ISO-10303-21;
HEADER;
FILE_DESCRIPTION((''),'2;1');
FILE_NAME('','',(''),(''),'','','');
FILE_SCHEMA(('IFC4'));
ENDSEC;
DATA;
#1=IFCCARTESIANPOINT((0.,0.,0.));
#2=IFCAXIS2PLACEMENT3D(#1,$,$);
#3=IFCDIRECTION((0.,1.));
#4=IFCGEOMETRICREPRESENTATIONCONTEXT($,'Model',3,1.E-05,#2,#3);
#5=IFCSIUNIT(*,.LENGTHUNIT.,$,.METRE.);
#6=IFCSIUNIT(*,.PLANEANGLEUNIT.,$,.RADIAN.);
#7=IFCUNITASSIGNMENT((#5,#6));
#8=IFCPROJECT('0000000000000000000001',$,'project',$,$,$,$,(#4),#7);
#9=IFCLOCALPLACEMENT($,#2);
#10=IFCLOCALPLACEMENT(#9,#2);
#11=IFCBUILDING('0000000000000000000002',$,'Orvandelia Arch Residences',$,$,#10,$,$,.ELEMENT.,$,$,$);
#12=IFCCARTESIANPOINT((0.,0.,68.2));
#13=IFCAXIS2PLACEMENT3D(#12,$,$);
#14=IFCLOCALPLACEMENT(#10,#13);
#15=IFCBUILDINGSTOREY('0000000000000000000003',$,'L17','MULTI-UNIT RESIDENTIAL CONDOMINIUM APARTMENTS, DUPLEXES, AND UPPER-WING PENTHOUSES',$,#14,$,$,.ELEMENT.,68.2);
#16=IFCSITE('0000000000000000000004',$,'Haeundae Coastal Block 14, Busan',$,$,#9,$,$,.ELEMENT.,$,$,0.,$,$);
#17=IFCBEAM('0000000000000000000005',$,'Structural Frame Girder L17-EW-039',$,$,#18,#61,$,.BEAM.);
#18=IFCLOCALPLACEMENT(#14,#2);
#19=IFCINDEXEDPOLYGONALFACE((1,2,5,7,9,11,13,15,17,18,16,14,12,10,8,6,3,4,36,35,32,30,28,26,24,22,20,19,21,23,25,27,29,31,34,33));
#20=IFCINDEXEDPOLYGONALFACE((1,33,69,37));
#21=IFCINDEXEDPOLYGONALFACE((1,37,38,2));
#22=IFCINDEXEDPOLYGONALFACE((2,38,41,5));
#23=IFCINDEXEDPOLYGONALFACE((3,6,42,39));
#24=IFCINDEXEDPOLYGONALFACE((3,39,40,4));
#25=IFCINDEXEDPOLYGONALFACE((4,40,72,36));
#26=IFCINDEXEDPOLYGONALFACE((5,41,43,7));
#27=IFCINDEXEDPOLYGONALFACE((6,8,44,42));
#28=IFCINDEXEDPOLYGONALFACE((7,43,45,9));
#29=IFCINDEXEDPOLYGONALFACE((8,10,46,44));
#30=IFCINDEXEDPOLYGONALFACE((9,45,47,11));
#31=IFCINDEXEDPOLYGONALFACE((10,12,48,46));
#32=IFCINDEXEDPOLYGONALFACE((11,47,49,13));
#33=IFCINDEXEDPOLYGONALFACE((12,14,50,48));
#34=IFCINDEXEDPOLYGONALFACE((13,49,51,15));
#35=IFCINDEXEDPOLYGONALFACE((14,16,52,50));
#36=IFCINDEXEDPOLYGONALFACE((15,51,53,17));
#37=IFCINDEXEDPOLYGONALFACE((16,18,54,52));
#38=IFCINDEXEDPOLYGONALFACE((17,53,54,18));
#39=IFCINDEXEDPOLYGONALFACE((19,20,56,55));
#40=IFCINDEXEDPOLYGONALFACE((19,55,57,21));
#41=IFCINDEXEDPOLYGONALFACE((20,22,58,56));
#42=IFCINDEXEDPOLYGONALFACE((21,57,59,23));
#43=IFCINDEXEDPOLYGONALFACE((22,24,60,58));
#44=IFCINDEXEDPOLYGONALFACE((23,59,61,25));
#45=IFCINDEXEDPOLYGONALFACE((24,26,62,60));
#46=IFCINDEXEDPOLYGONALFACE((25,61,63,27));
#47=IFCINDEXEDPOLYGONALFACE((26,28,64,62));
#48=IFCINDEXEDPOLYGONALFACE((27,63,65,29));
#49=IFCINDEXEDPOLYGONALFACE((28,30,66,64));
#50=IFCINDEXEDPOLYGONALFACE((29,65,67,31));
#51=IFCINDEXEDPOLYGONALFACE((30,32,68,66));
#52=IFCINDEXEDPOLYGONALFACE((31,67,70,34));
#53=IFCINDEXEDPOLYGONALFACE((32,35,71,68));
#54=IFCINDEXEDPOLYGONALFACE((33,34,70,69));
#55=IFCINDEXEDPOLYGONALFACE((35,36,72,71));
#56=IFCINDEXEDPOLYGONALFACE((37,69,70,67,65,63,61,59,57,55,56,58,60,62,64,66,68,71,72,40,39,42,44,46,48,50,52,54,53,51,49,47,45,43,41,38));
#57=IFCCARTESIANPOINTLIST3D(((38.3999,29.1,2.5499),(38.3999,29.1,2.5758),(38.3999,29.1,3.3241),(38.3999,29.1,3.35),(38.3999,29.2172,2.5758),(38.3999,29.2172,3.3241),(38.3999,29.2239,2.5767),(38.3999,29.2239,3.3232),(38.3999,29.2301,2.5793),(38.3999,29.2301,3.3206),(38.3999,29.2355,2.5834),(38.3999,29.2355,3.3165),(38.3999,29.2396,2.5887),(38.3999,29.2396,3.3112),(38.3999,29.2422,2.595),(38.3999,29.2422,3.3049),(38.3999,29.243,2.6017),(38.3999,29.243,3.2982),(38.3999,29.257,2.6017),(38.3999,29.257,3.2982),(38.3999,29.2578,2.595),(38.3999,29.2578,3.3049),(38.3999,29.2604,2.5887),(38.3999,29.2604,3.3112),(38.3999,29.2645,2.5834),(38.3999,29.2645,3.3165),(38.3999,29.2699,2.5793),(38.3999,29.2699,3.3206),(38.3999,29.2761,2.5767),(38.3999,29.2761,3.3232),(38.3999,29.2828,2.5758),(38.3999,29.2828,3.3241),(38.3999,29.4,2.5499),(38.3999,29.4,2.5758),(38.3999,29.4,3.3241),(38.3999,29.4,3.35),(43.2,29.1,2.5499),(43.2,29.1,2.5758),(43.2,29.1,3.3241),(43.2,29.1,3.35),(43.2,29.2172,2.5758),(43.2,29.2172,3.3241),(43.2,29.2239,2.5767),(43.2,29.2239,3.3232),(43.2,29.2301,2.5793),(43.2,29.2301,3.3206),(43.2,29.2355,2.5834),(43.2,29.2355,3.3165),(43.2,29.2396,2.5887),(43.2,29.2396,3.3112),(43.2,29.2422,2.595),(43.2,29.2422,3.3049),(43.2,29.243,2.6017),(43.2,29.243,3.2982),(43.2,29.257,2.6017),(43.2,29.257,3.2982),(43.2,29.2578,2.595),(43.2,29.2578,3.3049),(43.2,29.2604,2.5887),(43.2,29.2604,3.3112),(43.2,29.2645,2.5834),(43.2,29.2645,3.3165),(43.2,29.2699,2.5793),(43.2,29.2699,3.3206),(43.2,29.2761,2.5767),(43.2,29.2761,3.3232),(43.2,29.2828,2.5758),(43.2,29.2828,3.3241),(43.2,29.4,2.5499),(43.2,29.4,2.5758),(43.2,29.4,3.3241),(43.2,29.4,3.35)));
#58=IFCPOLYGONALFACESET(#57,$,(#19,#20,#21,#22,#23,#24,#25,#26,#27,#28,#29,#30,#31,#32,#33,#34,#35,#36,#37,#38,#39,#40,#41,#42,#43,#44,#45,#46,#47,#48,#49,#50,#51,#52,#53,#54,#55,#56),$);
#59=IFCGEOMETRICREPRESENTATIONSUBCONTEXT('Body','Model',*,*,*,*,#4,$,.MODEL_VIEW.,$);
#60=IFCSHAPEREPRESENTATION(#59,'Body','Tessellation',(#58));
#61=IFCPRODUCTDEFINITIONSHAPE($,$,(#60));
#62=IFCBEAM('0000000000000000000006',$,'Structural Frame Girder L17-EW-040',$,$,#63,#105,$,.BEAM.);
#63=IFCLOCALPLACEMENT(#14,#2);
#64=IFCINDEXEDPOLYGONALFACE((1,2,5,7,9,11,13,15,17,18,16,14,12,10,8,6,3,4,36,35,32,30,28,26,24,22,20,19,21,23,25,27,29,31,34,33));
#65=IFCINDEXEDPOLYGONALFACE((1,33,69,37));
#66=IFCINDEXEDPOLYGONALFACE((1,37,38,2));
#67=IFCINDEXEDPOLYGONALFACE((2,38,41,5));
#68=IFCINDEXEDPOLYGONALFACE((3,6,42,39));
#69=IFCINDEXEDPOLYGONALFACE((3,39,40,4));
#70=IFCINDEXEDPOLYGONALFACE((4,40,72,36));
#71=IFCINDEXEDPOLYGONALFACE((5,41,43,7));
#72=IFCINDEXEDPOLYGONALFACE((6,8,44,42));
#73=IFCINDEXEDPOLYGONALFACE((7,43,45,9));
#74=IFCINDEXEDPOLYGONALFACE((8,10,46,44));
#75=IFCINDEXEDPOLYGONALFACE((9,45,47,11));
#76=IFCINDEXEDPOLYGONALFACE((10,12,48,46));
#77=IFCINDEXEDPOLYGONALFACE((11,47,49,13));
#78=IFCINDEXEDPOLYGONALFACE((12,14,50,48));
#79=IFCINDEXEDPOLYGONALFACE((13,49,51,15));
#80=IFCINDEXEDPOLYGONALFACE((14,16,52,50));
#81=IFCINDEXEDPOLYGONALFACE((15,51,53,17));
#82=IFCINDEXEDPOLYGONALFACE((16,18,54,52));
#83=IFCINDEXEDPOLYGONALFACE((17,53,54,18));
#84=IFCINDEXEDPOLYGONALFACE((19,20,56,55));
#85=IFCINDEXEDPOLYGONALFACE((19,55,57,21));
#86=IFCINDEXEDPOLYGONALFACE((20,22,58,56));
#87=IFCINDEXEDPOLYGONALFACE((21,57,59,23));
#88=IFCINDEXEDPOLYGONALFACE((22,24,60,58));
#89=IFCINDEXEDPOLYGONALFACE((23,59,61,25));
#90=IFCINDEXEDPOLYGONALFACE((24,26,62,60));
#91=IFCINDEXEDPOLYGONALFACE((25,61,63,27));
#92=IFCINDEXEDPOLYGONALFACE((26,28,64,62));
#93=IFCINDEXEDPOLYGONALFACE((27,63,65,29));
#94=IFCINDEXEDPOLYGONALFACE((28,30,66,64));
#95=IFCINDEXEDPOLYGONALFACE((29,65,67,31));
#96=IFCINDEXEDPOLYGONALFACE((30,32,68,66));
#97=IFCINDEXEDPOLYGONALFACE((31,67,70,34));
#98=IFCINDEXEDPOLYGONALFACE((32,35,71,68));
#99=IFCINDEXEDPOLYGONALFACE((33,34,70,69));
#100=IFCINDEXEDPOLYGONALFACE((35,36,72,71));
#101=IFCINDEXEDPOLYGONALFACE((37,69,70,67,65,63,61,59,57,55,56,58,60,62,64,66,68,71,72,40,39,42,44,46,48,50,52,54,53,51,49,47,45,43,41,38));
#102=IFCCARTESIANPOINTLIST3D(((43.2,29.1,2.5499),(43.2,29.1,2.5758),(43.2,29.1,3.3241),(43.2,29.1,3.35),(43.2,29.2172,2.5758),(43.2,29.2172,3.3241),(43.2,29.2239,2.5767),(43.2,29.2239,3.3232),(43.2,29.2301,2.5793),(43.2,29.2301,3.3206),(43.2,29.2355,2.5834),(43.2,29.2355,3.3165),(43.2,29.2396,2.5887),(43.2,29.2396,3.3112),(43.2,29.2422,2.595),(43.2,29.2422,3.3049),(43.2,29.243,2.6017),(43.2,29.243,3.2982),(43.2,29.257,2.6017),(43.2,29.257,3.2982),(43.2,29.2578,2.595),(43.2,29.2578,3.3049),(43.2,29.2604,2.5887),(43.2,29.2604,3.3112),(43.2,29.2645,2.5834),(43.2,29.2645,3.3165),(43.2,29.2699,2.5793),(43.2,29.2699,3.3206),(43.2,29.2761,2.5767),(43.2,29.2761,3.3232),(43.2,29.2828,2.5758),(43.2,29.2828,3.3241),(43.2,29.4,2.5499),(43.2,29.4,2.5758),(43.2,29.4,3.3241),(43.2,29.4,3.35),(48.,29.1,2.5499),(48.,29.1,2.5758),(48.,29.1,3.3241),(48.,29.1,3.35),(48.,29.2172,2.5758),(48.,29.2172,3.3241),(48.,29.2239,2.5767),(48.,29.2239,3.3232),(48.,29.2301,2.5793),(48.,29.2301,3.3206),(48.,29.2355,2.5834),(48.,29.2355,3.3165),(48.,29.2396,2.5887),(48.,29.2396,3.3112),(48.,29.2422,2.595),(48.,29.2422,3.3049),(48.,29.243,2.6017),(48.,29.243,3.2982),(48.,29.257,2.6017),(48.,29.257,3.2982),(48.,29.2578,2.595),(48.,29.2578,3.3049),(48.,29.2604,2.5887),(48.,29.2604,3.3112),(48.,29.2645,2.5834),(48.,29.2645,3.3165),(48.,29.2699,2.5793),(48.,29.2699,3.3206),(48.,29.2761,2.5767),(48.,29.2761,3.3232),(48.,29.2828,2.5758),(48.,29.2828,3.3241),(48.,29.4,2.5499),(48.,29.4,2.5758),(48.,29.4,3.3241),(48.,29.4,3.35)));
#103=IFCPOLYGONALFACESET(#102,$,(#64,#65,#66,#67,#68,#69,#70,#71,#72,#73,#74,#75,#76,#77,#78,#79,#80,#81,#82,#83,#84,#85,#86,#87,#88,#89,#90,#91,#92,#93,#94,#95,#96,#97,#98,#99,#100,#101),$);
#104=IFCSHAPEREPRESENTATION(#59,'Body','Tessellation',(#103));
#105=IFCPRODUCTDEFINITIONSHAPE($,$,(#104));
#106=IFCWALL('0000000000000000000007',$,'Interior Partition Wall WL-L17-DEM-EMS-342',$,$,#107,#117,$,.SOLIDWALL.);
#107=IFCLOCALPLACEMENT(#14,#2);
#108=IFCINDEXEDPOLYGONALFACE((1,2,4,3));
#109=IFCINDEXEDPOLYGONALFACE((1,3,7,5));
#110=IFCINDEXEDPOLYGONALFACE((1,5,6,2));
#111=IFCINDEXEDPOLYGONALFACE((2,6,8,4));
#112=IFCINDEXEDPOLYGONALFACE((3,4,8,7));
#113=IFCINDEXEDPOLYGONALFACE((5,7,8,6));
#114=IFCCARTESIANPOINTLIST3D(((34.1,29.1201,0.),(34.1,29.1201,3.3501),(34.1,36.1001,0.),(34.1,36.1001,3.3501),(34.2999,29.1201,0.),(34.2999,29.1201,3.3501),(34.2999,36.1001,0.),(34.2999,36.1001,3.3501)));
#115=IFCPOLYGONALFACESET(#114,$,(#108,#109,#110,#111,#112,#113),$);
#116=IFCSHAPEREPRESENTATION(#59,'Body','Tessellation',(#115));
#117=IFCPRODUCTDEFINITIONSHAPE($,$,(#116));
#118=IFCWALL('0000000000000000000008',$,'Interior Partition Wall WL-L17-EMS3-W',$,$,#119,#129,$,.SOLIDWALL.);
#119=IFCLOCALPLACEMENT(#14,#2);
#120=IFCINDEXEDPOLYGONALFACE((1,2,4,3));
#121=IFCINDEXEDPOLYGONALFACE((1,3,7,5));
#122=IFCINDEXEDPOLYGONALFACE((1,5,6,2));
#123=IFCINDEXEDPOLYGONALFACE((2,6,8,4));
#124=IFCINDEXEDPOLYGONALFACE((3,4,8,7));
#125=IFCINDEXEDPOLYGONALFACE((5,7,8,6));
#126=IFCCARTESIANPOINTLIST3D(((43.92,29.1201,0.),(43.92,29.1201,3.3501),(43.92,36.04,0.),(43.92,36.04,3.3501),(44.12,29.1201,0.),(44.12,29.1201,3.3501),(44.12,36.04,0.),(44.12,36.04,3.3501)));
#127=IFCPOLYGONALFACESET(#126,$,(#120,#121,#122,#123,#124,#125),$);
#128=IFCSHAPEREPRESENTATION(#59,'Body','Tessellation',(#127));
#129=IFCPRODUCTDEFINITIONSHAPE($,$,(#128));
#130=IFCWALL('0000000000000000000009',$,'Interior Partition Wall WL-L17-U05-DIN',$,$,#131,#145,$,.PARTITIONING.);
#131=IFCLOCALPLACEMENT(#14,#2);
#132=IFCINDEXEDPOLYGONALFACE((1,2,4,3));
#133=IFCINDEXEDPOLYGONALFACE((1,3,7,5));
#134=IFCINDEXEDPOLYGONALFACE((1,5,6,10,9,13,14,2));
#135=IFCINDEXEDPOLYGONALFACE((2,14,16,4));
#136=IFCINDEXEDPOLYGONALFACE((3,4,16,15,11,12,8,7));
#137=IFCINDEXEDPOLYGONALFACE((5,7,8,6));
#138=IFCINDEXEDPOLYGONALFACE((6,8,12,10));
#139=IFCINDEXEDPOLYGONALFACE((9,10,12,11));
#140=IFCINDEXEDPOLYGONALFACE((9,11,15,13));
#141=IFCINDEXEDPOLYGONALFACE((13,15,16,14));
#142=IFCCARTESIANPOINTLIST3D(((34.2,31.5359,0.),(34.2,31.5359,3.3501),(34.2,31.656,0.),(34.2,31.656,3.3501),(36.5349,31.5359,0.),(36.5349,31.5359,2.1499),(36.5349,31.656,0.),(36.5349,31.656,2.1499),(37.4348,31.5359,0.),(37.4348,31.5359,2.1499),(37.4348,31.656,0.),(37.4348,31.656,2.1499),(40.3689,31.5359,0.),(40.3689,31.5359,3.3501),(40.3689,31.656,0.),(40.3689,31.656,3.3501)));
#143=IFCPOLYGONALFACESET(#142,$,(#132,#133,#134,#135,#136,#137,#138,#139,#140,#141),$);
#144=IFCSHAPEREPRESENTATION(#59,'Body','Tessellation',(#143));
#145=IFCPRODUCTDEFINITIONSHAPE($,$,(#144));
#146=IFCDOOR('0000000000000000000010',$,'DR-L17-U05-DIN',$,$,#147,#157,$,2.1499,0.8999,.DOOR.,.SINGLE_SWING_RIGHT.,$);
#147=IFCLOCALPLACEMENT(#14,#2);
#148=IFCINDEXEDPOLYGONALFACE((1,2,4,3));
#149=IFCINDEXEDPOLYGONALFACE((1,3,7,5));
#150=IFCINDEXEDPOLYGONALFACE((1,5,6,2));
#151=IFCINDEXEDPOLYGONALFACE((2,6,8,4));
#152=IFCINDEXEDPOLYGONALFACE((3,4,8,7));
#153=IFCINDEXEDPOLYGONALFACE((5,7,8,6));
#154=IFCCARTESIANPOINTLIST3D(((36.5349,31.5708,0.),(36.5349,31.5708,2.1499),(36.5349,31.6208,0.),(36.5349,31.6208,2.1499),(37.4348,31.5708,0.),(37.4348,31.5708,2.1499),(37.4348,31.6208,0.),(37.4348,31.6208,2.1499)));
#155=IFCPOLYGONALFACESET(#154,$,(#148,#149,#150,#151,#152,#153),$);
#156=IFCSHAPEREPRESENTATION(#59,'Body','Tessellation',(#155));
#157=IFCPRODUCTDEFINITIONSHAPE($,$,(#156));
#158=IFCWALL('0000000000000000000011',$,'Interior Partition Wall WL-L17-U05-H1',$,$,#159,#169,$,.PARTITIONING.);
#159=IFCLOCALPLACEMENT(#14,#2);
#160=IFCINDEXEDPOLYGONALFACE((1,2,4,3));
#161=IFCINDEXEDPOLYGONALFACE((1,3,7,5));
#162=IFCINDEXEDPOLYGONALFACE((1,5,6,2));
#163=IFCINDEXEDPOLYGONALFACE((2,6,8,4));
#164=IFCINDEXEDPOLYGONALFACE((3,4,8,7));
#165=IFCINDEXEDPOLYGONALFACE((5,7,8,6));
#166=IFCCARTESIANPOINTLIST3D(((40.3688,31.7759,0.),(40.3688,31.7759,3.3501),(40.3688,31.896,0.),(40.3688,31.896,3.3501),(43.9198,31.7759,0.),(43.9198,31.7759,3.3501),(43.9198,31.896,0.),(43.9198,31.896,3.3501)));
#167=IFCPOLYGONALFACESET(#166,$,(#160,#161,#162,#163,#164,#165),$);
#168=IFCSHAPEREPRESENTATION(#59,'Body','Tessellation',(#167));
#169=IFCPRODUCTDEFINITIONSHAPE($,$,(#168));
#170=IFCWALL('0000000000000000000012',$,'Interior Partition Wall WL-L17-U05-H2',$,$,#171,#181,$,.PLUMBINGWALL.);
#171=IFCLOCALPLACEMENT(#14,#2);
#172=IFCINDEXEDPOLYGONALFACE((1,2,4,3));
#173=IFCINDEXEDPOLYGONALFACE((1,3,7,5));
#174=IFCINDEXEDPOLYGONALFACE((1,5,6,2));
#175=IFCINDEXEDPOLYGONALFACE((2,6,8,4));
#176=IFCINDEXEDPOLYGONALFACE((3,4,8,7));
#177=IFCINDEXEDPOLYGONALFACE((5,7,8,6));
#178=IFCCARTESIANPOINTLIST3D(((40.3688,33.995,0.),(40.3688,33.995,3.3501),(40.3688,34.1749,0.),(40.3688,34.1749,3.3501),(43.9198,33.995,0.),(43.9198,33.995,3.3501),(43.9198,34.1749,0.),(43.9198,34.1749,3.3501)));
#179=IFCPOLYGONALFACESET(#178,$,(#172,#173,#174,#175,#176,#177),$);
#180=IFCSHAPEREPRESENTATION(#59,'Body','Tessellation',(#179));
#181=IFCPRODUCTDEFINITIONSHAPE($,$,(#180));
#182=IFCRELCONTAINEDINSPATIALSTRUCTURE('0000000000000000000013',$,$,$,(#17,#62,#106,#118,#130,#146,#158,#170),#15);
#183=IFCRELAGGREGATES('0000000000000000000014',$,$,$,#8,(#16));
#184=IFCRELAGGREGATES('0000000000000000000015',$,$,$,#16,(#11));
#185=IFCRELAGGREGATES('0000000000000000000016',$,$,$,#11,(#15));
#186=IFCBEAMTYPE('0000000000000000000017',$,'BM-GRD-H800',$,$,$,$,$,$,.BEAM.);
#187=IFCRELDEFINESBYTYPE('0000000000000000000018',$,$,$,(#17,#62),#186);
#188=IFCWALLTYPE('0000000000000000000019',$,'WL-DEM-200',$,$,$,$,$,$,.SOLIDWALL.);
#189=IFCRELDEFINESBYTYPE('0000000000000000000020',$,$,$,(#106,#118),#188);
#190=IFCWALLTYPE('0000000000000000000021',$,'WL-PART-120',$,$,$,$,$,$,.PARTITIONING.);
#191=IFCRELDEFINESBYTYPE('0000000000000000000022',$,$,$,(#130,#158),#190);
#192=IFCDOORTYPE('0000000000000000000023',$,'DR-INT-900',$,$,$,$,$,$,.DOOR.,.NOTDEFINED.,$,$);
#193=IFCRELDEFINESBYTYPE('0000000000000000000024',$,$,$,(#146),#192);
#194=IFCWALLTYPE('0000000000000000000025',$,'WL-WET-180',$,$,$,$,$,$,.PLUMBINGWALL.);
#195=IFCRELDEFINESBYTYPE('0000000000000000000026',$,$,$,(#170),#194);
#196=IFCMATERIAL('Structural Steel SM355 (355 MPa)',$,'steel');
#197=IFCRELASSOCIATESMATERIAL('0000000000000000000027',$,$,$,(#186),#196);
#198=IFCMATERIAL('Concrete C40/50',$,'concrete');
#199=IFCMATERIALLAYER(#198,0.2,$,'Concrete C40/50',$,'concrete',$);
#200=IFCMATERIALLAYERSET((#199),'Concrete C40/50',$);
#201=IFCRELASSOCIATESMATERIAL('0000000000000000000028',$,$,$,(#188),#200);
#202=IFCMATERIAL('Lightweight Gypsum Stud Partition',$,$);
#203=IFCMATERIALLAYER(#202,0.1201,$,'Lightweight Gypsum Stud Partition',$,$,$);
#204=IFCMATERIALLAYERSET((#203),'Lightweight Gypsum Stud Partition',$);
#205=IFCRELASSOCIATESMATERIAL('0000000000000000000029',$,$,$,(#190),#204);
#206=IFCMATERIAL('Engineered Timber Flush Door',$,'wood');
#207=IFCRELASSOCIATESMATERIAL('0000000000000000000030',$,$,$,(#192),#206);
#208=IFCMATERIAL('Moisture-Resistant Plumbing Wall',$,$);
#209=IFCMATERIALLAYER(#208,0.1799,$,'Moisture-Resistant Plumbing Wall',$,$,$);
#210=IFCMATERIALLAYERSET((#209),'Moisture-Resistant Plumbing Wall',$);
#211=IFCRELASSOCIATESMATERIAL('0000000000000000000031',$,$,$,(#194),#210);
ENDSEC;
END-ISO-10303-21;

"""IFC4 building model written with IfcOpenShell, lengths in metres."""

from ifc_helpers import new_model, si_unit, direction, frame, frame_2d, origin, origin_2d, place, context, subcontext, project, spatial, rectangle, i_section, extrude, material, layer, layer_set, material_profile, profile_set, type_object, element, fill, save


model = new_model("IFC4")

# Units and contexts
model_context = context("Model", 3, precision=1e-05, world=origin(), true_north=direction((0.0, 1.0)))
body_context = subcontext(model_context, "Body", "Model", "MODEL_VIEW")
ifc_project = project(units=[si_unit("LENGTHUNIT", "METRE"), si_unit("PLANEANGLEUNIT", "RADIAN")], contexts=[model_context])

# Site, building, storey
site_placement = place(None, origin())
site = spatial("IfcSite", under=ifc_project, at=site_placement, Name="Haeundae Coastal Block 14, Busan", CompositionType="ELEMENT", RefElevation=0.0)
building_placement = place(site_placement, origin())
building = spatial("IfcBuilding", under=site, at=building_placement, Name="Orvandelia Arch Residences", CompositionType="ELEMENT")
storey_placement = place(building_placement, frame((0.0, 0.0, 68.2)))
storey = spatial("IfcBuildingStorey", under=building, at=storey_placement, Name="L17", Description="MULTI-UNIT RESIDENTIAL CONDOMINIUM APARTMENTS, DUPLEXES, AND UPPER-WING PENTHOUSES", CompositionType="ELEMENT", Elevation=68.2)

# Beams
ifc_material_1 = material(Name="Structural Steel SM355 (355 MPa)", Category="steel")
ifc_material_profile_1 = material_profile(ifc_material_1, i_section(OverallWidth=0.3, OverallDepth=0.8, WebThickness=0.0139, FlangeThickness=0.0259, FilletRadius=0.0259, at=origin_2d()), Name="Structural Steel SM355 (355 MPa)", Category="steel")
ifc_profile_set_1 = profile_set([ifc_material_profile_1], Name="Structural Steel SM355 (355 MPa)")
beam_type = type_object("IfcBeamType", Name="BM-GRD-H800", PredefinedType="BEAM", material=ifc_profile_set_1)
for number, where, z_axis, x_axis, name in (
    (1, (38.3999, 29.25, 2.95), (1.0, 0.0, 0.0), (0.0, 1.0, 0.0), "Structural Frame Girder L17-EW-039"),
    (2, (43.2, 29.25, 2.95), (1.0, 0.0, 0.0), (0.0, 1.0, 0.0), "Structural Frame Girder L17-EW-040"),
):
    element("IfcBeam", number, at=place(storey_placement, frame(where, z_axis=z_axis, x_axis=x_axis)), inside=storey, type_object=beam_type, Name=name, PredefinedType="BEAM", context=body_context, shape_type="SweptSolid", body=[
        extrude(i_section(OverallWidth=0.3, OverallDepth=0.8, WebThickness=0.0139, FlangeThickness=0.0259, FilletRadius=0.0259, at=origin_2d()), origin(), (0.0, 0.0, 1.0), 4.8),
    ])

# Walls
ifc_material_2 = material(Name="Concrete C40/50", Category="concrete")
ifc_layer_1 = layer(ifc_material_2, 0.2, Name="Concrete C40/50", Category="concrete")
ifc_layer_set_1 = layer_set([ifc_layer_1], Name="Concrete C40/50")
wall_type_1 = type_object("IfcWallType", Name="WL-DEM-200", PredefinedType="SOLIDWALL", material=ifc_layer_set_1)
wall_1_placement = place(storey_placement, frame((34.2, 29.1201, 0.0), z_axis=(0.0, 0.0, 1.0), x_axis=(0.0, 1.0, 0.0)))
element("IfcWall", 3, at=wall_1_placement, inside=storey, type_object=wall_type_1, Name="Interior Partition Wall WL-L17-DEM-EMS-342", PredefinedType="SOLIDWALL", context=body_context, shape_type="SweptSolid", body=[
    extrude(rectangle(XDim=6.98, YDim=0.2, at=frame_2d((3.49, 0.0))), origin(), (0.0, 0.0, 1.0), 3.3501),
])
wall_2_placement = place(storey_placement, frame((44.02, 29.1201, 0.0), z_axis=(0.0, 0.0, 1.0), x_axis=(0.0, 1.0, 0.0)))
element("IfcWall", 4, at=wall_2_placement, inside=storey, type_object=wall_type_1, Name="Interior Partition Wall WL-L17-EMS3-W", PredefinedType="SOLIDWALL", context=body_context, shape_type="SweptSolid", body=[
    extrude(rectangle(XDim=6.9199, YDim=0.2, at=frame_2d((3.46, 0.0))), origin(), (0.0, 0.0, 1.0), 3.3501),
])

# Wall, opening, door
ifc_material_3 = material(Name="Lightweight Gypsum Stud Partition")
ifc_layer_2 = layer(ifc_material_3, 0.1201, Name="Lightweight Gypsum Stud Partition")
ifc_layer_set_2 = layer_set([ifc_layer_2], Name="Lightweight Gypsum Stud Partition")
wall_type_2 = type_object("IfcWallType", Name="WL-PART-120", PredefinedType="PARTITIONING", material=ifc_layer_set_2)
wall_3_placement = place(storey_placement, frame((34.2, 31.5959, 0.0), z_axis=(0.0, 0.0, 1.0), x_axis=(1.0, 0.0, 0.0)))
wall_3 = element("IfcWall", 5, at=wall_3_placement, inside=storey, type_object=wall_type_2, Name="Interior Partition Wall WL-L17-U05-DIN", PredefinedType="PARTITIONING", context=body_context, shape_type="SweptSolid", body=[
    extrude(rectangle(XDim=6.1689, YDim=0.1201, at=frame_2d((3.0845, 0.0))), origin(), (0.0, 0.0, 1.0), 3.3501),
])
opening_1_placement = place(wall_3_placement, frame((2.335, 0.0, 0.0)))
opening_1 = element("IfcOpeningElement", 6, at=opening_1_placement, cuts=wall_3, PredefinedType="OPENING", context=body_context, shape_type="SweptSolid", body=[
    extrude(rectangle(XDim=0.8999, YDim=2.1499, at=frame_2d((0.45, 1.075))), frame((0.0, 0.0701, 0.0), z_axis=(0.0, -1.0, 0.0), x_axis=(1.0, 0.0, 0.0)), (0.0, 0.0, 1.0), 0.1401),
])
ifc_material_4 = material(Name="Engineered Timber Flush Door", Category="wood")
door_type_1 = type_object("IfcDoorType", Name="DR-INT-900", OperationType="NOTDEFINED", PredefinedType="DOOR", material=ifc_material_4)
door_1_placement = place(opening_1_placement, origin())
door_1 = element("IfcDoor", 7, at=door_1_placement, inside=storey, type_object=door_type_1, Name="DR-L17-U05-DIN", OperationType="SINGLE_SWING_RIGHT", OverallHeight=2.1499, OverallWidth=0.8999, PredefinedType="DOOR", context=body_context, shape_type="SweptSolid", body=[
    extrude(rectangle(XDim=0.8999, YDim=2.1499, at=frame_2d((0.45, 1.075))), frame((0.0, 0.0249, 0.0), z_axis=(0.0, -1.0, 0.0), x_axis=(1.0, 0.0, 0.0)), (0.0, 0.0, 1.0), 0.05),
])
fill(opening_1, door_1)

# Wall
wall_4_placement = place(storey_placement, frame((40.3689, 31.8359, 0.0), z_axis=(0.0, 0.0, 1.0), x_axis=(1.0, 0.0, 0.0)))
element("IfcWall", 8, at=wall_4_placement, inside=storey, type_object=wall_type_2, Name="Interior Partition Wall WL-L17-U05-H1", PredefinedType="PARTITIONING", context=body_context, shape_type="SweptSolid", body=[
    extrude(rectangle(XDim=3.551, YDim=0.1201, at=frame_2d((1.7754, 0.0))), origin(), (0.0, 0.0, 1.0), 3.3501),
])

# Shared definitions
ifc_material_5 = material(Name="Moisture-Resistant Plumbing Wall")
ifc_layer_3 = layer(ifc_material_5, 0.1799, Name="Moisture-Resistant Plumbing Wall")
ifc_layer_set_3 = layer_set([ifc_layer_3], Name="Moisture-Resistant Plumbing Wall")
wall_type_3 = type_object("IfcWallType", Name="WL-WET-180", PredefinedType="PLUMBINGWALL", material=ifc_layer_set_3)

# Wall
wall_5_placement = place(storey_placement, frame((40.3689, 34.085, 0.0), z_axis=(0.0, 0.0, 1.0), x_axis=(1.0, 0.0, 0.0)))
element("IfcWall", 9, at=wall_5_placement, inside=storey, type_object=wall_type_3, Name="Interior Partition Wall WL-L17-U05-H2", PredefinedType="PLUMBINGWALL", context=body_context, shape_type="SweptSolid", body=[
    extrude(rectangle(XDim=3.551, YDim=0.1799, at=frame_2d((1.7754, 0.0))), origin(), (0.0, 0.0, 1.0), 3.3501),
])

save(model, "model.ifc")
